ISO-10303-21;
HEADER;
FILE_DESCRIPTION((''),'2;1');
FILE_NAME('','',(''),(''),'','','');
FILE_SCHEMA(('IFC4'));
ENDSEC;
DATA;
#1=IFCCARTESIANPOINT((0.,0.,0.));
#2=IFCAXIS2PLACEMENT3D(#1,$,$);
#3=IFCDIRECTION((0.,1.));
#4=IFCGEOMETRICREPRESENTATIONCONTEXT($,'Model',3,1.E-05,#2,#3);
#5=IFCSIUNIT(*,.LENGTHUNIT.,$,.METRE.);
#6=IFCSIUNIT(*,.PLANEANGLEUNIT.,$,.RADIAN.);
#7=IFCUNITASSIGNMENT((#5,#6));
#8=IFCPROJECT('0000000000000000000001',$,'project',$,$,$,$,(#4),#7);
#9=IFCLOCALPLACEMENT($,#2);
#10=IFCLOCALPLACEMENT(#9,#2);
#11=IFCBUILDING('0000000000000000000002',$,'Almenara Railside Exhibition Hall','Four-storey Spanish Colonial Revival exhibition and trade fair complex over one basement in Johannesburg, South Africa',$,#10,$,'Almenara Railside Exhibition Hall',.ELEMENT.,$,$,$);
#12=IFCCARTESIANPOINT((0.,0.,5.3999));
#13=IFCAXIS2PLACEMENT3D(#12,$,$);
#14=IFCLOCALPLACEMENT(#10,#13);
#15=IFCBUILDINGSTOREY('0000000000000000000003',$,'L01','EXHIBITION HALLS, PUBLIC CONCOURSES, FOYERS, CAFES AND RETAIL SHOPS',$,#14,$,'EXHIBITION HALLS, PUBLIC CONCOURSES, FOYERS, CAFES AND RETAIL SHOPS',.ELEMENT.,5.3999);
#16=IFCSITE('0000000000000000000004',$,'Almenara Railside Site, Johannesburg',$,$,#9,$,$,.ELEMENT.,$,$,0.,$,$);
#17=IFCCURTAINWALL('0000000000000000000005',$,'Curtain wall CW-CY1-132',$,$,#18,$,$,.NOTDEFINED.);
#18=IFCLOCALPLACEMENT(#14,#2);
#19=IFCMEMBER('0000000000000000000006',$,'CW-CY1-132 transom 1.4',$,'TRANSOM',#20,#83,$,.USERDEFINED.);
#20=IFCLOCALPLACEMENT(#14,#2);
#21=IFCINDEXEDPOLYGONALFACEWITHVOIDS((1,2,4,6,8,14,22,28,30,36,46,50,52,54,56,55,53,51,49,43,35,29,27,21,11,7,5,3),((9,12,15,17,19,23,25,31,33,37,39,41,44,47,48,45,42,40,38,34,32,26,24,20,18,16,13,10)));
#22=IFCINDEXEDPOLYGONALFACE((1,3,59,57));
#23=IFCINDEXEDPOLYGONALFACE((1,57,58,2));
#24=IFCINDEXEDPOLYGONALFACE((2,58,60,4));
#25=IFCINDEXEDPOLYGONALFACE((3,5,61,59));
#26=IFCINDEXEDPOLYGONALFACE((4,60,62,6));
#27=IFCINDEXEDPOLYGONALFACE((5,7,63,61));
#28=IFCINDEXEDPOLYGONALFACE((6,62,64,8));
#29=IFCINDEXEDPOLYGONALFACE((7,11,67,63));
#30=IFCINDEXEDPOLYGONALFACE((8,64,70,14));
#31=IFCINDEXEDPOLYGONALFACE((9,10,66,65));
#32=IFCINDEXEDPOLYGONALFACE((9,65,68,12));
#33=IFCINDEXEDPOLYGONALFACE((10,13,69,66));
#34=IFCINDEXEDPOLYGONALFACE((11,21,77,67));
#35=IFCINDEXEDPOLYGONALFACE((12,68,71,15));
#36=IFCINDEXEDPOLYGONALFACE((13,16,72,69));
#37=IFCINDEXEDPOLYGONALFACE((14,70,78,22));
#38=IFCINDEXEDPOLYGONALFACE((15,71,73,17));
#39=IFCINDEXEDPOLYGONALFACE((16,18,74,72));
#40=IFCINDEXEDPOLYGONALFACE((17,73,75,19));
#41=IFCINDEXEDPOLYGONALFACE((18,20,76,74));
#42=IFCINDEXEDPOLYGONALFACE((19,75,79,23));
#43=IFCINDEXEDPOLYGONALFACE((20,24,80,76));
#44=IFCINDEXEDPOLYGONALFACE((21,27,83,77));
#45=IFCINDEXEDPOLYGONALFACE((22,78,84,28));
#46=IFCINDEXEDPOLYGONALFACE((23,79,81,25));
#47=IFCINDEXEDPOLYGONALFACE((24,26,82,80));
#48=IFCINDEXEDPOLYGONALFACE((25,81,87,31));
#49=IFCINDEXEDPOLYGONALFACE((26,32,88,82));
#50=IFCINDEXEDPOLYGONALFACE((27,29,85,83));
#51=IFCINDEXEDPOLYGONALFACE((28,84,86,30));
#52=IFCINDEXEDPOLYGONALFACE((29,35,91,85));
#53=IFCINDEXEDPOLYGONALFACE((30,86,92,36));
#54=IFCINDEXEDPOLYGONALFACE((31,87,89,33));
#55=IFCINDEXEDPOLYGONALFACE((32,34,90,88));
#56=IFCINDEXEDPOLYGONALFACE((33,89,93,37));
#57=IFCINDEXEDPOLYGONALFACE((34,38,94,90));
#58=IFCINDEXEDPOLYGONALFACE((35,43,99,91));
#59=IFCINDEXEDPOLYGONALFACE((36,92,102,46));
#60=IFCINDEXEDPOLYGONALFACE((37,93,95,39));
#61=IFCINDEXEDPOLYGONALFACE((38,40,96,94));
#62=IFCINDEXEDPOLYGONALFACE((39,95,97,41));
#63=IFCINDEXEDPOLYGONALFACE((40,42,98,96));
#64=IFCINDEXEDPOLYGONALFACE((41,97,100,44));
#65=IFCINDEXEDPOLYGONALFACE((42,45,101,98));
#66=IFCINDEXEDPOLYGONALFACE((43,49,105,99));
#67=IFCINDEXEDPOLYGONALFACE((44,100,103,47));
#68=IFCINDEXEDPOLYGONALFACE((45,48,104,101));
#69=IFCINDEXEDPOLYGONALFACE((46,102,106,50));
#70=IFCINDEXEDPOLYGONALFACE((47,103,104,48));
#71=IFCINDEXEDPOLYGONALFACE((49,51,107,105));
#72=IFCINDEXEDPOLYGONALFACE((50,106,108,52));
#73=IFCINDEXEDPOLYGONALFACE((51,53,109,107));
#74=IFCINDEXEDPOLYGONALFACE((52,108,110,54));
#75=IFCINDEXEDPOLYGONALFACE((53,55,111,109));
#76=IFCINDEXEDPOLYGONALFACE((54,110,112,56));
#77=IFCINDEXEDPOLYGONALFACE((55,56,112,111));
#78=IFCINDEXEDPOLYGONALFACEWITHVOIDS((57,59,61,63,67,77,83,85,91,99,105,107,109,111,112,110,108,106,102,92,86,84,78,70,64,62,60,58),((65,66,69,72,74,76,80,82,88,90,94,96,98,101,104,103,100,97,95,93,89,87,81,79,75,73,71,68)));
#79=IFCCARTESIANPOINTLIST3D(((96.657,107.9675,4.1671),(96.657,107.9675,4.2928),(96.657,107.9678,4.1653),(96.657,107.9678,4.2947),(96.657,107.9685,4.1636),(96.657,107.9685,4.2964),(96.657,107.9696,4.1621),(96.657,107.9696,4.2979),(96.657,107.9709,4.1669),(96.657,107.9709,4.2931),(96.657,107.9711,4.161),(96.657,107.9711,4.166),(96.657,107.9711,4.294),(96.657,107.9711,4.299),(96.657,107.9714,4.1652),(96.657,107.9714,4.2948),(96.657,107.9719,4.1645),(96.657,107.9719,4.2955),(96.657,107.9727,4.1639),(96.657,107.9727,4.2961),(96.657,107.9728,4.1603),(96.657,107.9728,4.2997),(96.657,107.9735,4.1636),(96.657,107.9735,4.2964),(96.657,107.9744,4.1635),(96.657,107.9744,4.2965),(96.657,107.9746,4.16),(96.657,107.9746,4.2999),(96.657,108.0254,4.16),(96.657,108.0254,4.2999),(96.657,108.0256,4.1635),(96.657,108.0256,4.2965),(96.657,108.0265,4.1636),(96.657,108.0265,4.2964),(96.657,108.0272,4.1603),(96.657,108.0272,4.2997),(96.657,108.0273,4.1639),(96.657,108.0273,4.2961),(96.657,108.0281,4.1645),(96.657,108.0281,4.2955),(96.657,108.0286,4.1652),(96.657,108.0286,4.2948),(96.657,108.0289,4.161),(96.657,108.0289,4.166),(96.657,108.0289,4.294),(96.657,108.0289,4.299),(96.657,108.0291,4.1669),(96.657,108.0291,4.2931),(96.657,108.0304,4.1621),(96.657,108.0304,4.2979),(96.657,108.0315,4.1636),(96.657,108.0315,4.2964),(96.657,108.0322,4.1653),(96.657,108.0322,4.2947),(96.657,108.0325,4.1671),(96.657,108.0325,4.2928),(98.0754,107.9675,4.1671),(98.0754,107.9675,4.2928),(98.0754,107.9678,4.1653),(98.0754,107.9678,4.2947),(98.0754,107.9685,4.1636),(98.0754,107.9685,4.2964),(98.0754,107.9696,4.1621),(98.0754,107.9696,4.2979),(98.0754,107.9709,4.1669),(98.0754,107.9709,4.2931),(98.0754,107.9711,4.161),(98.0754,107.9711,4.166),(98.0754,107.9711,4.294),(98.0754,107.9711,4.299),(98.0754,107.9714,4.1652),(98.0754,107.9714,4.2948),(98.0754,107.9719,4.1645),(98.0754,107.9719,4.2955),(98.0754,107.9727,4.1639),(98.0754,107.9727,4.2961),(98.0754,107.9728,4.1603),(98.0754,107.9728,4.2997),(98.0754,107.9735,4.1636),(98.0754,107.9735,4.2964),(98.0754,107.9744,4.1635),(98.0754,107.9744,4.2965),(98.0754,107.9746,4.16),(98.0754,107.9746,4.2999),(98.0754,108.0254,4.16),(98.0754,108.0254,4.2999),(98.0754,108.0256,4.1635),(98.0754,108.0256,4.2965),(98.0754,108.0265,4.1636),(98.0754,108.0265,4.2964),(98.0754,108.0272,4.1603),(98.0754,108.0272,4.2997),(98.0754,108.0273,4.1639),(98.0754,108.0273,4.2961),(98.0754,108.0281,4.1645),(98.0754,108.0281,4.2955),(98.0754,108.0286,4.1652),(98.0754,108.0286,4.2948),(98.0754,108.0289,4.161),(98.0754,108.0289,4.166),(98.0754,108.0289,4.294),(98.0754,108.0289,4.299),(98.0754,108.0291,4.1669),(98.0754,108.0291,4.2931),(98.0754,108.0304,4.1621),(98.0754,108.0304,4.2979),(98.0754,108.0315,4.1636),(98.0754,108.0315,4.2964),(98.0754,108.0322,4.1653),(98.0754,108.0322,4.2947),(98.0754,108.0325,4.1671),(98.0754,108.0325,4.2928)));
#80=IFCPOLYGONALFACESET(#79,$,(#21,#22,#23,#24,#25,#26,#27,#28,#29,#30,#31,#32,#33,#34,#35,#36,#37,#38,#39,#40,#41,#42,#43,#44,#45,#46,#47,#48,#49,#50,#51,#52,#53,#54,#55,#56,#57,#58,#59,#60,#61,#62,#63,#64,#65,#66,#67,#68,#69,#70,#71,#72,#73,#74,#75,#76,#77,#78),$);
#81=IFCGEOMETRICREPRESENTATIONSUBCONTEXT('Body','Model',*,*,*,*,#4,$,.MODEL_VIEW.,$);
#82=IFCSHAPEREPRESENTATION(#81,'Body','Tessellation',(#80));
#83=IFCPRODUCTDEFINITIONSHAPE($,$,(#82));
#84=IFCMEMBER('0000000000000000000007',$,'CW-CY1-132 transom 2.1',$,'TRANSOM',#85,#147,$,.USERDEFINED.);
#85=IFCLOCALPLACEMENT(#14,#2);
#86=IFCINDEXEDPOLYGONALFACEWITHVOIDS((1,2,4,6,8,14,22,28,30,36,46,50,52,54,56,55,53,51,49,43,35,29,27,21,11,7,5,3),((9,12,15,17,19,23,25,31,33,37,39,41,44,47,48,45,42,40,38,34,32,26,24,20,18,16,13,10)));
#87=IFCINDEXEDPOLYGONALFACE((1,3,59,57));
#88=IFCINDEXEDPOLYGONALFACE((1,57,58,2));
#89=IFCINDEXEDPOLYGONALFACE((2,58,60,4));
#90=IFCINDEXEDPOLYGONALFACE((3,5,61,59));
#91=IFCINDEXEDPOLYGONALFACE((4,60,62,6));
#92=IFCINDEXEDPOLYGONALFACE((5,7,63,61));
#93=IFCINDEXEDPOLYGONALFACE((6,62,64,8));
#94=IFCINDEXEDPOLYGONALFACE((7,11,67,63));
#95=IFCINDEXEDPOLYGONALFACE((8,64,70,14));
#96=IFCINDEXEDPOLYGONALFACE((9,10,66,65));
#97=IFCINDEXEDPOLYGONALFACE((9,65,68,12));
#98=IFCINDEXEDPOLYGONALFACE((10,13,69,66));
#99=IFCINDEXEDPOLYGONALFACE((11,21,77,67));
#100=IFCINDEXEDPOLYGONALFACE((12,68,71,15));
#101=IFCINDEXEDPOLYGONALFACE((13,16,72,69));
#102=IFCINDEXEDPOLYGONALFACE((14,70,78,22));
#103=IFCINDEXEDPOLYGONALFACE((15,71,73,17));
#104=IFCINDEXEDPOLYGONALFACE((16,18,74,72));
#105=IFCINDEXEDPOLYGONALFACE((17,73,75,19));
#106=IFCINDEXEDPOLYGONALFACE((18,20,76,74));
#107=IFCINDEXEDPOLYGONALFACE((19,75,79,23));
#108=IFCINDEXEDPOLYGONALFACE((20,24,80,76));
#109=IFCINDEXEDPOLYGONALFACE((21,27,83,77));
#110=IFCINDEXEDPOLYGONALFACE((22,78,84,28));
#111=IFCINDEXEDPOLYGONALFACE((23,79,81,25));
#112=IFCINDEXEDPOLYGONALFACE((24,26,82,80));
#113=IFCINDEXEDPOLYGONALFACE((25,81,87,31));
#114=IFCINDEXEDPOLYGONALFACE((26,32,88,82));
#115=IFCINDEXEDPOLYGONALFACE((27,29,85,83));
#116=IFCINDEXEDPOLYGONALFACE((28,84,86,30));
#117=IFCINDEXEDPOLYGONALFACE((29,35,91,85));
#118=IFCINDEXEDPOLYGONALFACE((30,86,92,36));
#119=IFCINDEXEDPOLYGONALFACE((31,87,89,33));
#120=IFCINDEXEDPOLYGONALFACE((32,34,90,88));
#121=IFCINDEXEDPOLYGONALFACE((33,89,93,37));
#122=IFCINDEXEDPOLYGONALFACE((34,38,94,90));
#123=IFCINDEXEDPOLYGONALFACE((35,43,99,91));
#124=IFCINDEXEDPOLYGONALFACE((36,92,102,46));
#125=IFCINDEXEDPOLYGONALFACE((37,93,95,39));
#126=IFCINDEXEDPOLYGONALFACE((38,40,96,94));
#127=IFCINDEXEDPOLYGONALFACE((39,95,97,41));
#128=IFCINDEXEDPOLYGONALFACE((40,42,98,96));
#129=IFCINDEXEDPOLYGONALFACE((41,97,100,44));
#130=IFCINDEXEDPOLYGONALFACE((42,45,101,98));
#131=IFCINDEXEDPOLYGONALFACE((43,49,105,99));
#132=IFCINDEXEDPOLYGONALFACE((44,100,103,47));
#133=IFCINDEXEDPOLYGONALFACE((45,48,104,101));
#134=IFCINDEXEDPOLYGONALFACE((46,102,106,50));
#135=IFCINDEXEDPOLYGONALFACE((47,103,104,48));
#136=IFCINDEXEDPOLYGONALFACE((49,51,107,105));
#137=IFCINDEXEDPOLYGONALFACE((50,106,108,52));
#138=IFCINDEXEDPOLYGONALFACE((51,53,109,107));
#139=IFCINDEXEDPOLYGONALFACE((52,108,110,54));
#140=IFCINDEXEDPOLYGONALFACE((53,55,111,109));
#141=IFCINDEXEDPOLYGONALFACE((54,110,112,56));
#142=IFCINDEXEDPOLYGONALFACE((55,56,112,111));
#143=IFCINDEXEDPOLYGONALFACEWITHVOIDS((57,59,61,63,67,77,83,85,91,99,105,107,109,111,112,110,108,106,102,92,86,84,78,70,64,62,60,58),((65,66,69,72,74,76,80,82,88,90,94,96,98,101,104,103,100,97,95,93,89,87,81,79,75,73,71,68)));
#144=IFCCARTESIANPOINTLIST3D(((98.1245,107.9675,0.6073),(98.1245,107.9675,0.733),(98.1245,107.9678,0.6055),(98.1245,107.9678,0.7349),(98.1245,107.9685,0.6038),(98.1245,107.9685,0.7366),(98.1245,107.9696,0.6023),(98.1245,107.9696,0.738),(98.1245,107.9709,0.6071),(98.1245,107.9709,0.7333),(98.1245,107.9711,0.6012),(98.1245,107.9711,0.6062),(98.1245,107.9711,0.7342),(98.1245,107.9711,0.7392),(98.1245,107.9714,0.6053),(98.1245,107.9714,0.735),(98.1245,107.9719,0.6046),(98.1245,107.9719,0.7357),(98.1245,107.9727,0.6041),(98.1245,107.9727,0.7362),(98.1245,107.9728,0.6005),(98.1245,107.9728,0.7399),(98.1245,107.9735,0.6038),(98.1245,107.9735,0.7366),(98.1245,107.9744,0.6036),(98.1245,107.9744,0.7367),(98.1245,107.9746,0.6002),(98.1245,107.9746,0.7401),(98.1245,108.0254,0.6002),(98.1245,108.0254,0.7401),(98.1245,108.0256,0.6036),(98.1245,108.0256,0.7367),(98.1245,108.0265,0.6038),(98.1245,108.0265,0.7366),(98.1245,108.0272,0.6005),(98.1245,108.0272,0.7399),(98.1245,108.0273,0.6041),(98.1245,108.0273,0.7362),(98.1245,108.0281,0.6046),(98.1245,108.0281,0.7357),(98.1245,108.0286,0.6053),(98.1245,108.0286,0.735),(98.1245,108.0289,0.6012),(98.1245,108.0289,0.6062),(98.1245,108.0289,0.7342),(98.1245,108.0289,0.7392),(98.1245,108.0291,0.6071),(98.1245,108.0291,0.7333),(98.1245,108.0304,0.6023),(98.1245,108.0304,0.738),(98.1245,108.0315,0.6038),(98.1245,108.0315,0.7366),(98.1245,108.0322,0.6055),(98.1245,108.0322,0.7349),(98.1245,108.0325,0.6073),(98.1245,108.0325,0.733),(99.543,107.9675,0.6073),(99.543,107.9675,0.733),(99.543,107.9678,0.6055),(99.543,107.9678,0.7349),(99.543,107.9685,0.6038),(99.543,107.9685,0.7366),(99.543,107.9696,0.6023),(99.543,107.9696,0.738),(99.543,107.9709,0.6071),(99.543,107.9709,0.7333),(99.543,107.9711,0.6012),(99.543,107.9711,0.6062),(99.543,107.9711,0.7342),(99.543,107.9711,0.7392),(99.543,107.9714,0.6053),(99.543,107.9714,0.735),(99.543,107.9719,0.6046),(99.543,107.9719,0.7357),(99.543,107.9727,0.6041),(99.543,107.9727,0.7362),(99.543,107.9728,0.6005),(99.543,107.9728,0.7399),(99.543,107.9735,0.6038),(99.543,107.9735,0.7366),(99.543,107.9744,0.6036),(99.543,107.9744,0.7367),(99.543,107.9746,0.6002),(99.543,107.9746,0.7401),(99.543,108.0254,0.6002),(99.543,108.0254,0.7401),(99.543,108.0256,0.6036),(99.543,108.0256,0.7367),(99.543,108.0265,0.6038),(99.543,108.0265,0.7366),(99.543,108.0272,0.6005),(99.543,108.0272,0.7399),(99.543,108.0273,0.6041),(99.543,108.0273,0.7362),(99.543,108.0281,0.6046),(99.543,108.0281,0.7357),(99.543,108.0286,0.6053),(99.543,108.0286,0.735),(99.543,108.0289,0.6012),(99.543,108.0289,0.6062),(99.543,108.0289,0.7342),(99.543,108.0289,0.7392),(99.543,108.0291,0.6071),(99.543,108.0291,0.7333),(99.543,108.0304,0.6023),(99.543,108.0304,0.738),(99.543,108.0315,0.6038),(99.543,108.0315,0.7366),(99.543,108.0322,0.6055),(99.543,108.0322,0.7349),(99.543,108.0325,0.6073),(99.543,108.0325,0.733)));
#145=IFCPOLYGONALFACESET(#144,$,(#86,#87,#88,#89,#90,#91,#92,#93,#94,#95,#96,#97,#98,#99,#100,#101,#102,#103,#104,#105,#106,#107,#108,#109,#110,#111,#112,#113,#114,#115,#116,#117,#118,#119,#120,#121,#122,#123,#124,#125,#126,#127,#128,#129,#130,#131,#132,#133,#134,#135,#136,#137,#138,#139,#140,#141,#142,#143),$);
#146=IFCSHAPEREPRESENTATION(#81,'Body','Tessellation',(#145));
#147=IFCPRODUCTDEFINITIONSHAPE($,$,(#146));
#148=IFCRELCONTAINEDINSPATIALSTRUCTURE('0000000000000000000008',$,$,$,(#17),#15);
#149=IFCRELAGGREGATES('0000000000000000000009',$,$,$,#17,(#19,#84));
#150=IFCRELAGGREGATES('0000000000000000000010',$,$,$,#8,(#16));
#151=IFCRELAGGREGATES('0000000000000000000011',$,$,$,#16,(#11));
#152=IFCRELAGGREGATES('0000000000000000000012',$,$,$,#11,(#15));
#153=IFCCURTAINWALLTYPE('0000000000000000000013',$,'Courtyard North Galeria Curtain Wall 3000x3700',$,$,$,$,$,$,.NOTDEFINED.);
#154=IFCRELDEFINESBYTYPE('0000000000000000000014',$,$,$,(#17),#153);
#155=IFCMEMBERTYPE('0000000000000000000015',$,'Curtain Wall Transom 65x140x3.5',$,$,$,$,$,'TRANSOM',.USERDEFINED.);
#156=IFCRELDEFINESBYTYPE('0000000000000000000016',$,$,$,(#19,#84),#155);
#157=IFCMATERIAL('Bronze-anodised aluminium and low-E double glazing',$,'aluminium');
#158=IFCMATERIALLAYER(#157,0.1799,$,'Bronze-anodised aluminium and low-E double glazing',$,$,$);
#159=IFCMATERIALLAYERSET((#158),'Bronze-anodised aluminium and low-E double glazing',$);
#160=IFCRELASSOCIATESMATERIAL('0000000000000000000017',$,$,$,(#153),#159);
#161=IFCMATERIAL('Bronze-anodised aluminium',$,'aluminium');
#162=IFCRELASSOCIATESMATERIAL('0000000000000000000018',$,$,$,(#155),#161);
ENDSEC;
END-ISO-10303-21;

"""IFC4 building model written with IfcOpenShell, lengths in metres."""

from ifc_helpers import new_model, si_unit, direction, frame, origin, origin_2d, place, context, subcontext, project, spatial, hollow_rectangle, extrude, material, layer, layer_set, material_profile, profile_set, type_object, element, aggregate, save


model = new_model("IFC4")

# Units and contexts
model_context = context("Model", 3, precision=1e-05, world=origin(), true_north=direction((0.0, 1.0)))
body_context = subcontext(model_context, "Body", "Model", "MODEL_VIEW")
ifc_project = project(units=[si_unit("LENGTHUNIT", "METRE"), si_unit("PLANEANGLEUNIT", "RADIAN")], contexts=[model_context])

# Site, building, storey
site_placement = place(None, origin())
site = spatial("IfcSite", under=ifc_project, at=site_placement, Name="Almenara Railside Site, Johannesburg", CompositionType="ELEMENT", RefElevation=0.0)
building_placement = place(site_placement, origin())
building = spatial("IfcBuilding", under=site, at=building_placement, Name="Almenara Railside Exhibition Hall", Description="Four-storey Spanish Colonial Revival exhibition and trade fair complex over one basement in Johannesburg, South Africa", LongName="Almenara Railside Exhibition Hall", CompositionType="ELEMENT")
storey_placement = place(building_placement, frame((0.0, 0.0, 5.3999)))
storey = spatial("IfcBuildingStorey", under=building, at=storey_placement, Name="L01", Description="EXHIBITION HALLS, PUBLIC CONCOURSES, FOYERS, CAFES AND RETAIL SHOPS", LongName="EXHIBITION HALLS, PUBLIC CONCOURSES, FOYERS, CAFES AND RETAIL SHOPS", CompositionType="ELEMENT", Elevation=5.3999)

# Curtain wall
ifc_material_1 = material(Name="Bronze-anodised aluminium and low-E double glazing", Category="aluminium")
ifc_layer_1 = layer(ifc_material_1, 0.1799, Name="Bronze-anodised aluminium and low-E double glazing")
ifc_layer_set_1 = layer_set([ifc_layer_1], Name="Bronze-anodised aluminium and low-E double glazing")
curtain_wall_type = type_object("IfcCurtainWallType", Name="Courtyard North Galeria Curtain Wall 3000x3700", PredefinedType="NOTDEFINED", material=ifc_layer_set_1)
curtain_wall_1_placement = place(storey_placement, origin())
curtain_wall_1 = element("IfcCurtainWall", 1, at=curtain_wall_1_placement, inside=storey, type_object=curtain_wall_type, Name="Curtain wall CW-CY1-132", PredefinedType="NOTDEFINED")
ifc_material_2 = material(Name="Bronze-anodised aluminium", Category="aluminium")

# Members
ifc_material_profile_1 = material_profile(ifc_material_2, hollow_rectangle(XDim=0.0649, YDim=0.1399, WallThickness=0.0034, InnerFilletRadius=0.0034, OuterFilletRadius=0.0071, at=origin_2d()), Name="ALU-TRN 65x140x3.5")
ifc_profile_set_1 = profile_set([ifc_material_profile_1], Name="Bronze-anodised aluminium")
member_type_1 = type_object("IfcMemberType", Name="Curtain Wall Transom 65x140x3.5", ElementType="TRANSOM", PredefinedType="USERDEFINED", material=ifc_profile_set_1)
member_1_placement = place(storey_placement, frame((96.657, 108.0, 4.23), z_axis=(1.0, 0.0, 0.0), x_axis=(0.0, 1.0, 0.0)))
member_1 = element("IfcMember", 2, at=member_1_placement, type_object=member_type_1, Name="CW-CY1-132 transom 1.4", ObjectType="TRANSOM", PredefinedType="USERDEFINED", context=body_context, shape_type="SweptSolid", body=[
    extrude(hollow_rectangle(XDim=0.0649, YDim=0.1399, WallThickness=0.0034, InnerFilletRadius=0.0034, OuterFilletRadius=0.0071, at=origin_2d()), origin(), (0.0, 0.0, 1.0), 1.4185),
])
member_2_placement = place(storey_placement, frame((98.1245, 108.0, 0.6702), z_axis=(1.0, 0.0, 0.0), x_axis=(0.0, 1.0, 0.0)))
member_2 = element("IfcMember", 3, at=member_2_placement, type_object=member_type_1, Name="CW-CY1-132 transom 2.1", ObjectType="TRANSOM", PredefinedType="USERDEFINED", context=body_context, shape_type="SweptSolid", body=[
    extrude(hollow_rectangle(XDim=0.0649, YDim=0.1399, WallThickness=0.0034, InnerFilletRadius=0.0034, OuterFilletRadius=0.0071, at=origin_2d()), origin(), (0.0, 0.0, 1.0), 1.4185),
])

aggregate(curtain_wall_1, [member_1, member_2])

save(model, "model.ifc")
